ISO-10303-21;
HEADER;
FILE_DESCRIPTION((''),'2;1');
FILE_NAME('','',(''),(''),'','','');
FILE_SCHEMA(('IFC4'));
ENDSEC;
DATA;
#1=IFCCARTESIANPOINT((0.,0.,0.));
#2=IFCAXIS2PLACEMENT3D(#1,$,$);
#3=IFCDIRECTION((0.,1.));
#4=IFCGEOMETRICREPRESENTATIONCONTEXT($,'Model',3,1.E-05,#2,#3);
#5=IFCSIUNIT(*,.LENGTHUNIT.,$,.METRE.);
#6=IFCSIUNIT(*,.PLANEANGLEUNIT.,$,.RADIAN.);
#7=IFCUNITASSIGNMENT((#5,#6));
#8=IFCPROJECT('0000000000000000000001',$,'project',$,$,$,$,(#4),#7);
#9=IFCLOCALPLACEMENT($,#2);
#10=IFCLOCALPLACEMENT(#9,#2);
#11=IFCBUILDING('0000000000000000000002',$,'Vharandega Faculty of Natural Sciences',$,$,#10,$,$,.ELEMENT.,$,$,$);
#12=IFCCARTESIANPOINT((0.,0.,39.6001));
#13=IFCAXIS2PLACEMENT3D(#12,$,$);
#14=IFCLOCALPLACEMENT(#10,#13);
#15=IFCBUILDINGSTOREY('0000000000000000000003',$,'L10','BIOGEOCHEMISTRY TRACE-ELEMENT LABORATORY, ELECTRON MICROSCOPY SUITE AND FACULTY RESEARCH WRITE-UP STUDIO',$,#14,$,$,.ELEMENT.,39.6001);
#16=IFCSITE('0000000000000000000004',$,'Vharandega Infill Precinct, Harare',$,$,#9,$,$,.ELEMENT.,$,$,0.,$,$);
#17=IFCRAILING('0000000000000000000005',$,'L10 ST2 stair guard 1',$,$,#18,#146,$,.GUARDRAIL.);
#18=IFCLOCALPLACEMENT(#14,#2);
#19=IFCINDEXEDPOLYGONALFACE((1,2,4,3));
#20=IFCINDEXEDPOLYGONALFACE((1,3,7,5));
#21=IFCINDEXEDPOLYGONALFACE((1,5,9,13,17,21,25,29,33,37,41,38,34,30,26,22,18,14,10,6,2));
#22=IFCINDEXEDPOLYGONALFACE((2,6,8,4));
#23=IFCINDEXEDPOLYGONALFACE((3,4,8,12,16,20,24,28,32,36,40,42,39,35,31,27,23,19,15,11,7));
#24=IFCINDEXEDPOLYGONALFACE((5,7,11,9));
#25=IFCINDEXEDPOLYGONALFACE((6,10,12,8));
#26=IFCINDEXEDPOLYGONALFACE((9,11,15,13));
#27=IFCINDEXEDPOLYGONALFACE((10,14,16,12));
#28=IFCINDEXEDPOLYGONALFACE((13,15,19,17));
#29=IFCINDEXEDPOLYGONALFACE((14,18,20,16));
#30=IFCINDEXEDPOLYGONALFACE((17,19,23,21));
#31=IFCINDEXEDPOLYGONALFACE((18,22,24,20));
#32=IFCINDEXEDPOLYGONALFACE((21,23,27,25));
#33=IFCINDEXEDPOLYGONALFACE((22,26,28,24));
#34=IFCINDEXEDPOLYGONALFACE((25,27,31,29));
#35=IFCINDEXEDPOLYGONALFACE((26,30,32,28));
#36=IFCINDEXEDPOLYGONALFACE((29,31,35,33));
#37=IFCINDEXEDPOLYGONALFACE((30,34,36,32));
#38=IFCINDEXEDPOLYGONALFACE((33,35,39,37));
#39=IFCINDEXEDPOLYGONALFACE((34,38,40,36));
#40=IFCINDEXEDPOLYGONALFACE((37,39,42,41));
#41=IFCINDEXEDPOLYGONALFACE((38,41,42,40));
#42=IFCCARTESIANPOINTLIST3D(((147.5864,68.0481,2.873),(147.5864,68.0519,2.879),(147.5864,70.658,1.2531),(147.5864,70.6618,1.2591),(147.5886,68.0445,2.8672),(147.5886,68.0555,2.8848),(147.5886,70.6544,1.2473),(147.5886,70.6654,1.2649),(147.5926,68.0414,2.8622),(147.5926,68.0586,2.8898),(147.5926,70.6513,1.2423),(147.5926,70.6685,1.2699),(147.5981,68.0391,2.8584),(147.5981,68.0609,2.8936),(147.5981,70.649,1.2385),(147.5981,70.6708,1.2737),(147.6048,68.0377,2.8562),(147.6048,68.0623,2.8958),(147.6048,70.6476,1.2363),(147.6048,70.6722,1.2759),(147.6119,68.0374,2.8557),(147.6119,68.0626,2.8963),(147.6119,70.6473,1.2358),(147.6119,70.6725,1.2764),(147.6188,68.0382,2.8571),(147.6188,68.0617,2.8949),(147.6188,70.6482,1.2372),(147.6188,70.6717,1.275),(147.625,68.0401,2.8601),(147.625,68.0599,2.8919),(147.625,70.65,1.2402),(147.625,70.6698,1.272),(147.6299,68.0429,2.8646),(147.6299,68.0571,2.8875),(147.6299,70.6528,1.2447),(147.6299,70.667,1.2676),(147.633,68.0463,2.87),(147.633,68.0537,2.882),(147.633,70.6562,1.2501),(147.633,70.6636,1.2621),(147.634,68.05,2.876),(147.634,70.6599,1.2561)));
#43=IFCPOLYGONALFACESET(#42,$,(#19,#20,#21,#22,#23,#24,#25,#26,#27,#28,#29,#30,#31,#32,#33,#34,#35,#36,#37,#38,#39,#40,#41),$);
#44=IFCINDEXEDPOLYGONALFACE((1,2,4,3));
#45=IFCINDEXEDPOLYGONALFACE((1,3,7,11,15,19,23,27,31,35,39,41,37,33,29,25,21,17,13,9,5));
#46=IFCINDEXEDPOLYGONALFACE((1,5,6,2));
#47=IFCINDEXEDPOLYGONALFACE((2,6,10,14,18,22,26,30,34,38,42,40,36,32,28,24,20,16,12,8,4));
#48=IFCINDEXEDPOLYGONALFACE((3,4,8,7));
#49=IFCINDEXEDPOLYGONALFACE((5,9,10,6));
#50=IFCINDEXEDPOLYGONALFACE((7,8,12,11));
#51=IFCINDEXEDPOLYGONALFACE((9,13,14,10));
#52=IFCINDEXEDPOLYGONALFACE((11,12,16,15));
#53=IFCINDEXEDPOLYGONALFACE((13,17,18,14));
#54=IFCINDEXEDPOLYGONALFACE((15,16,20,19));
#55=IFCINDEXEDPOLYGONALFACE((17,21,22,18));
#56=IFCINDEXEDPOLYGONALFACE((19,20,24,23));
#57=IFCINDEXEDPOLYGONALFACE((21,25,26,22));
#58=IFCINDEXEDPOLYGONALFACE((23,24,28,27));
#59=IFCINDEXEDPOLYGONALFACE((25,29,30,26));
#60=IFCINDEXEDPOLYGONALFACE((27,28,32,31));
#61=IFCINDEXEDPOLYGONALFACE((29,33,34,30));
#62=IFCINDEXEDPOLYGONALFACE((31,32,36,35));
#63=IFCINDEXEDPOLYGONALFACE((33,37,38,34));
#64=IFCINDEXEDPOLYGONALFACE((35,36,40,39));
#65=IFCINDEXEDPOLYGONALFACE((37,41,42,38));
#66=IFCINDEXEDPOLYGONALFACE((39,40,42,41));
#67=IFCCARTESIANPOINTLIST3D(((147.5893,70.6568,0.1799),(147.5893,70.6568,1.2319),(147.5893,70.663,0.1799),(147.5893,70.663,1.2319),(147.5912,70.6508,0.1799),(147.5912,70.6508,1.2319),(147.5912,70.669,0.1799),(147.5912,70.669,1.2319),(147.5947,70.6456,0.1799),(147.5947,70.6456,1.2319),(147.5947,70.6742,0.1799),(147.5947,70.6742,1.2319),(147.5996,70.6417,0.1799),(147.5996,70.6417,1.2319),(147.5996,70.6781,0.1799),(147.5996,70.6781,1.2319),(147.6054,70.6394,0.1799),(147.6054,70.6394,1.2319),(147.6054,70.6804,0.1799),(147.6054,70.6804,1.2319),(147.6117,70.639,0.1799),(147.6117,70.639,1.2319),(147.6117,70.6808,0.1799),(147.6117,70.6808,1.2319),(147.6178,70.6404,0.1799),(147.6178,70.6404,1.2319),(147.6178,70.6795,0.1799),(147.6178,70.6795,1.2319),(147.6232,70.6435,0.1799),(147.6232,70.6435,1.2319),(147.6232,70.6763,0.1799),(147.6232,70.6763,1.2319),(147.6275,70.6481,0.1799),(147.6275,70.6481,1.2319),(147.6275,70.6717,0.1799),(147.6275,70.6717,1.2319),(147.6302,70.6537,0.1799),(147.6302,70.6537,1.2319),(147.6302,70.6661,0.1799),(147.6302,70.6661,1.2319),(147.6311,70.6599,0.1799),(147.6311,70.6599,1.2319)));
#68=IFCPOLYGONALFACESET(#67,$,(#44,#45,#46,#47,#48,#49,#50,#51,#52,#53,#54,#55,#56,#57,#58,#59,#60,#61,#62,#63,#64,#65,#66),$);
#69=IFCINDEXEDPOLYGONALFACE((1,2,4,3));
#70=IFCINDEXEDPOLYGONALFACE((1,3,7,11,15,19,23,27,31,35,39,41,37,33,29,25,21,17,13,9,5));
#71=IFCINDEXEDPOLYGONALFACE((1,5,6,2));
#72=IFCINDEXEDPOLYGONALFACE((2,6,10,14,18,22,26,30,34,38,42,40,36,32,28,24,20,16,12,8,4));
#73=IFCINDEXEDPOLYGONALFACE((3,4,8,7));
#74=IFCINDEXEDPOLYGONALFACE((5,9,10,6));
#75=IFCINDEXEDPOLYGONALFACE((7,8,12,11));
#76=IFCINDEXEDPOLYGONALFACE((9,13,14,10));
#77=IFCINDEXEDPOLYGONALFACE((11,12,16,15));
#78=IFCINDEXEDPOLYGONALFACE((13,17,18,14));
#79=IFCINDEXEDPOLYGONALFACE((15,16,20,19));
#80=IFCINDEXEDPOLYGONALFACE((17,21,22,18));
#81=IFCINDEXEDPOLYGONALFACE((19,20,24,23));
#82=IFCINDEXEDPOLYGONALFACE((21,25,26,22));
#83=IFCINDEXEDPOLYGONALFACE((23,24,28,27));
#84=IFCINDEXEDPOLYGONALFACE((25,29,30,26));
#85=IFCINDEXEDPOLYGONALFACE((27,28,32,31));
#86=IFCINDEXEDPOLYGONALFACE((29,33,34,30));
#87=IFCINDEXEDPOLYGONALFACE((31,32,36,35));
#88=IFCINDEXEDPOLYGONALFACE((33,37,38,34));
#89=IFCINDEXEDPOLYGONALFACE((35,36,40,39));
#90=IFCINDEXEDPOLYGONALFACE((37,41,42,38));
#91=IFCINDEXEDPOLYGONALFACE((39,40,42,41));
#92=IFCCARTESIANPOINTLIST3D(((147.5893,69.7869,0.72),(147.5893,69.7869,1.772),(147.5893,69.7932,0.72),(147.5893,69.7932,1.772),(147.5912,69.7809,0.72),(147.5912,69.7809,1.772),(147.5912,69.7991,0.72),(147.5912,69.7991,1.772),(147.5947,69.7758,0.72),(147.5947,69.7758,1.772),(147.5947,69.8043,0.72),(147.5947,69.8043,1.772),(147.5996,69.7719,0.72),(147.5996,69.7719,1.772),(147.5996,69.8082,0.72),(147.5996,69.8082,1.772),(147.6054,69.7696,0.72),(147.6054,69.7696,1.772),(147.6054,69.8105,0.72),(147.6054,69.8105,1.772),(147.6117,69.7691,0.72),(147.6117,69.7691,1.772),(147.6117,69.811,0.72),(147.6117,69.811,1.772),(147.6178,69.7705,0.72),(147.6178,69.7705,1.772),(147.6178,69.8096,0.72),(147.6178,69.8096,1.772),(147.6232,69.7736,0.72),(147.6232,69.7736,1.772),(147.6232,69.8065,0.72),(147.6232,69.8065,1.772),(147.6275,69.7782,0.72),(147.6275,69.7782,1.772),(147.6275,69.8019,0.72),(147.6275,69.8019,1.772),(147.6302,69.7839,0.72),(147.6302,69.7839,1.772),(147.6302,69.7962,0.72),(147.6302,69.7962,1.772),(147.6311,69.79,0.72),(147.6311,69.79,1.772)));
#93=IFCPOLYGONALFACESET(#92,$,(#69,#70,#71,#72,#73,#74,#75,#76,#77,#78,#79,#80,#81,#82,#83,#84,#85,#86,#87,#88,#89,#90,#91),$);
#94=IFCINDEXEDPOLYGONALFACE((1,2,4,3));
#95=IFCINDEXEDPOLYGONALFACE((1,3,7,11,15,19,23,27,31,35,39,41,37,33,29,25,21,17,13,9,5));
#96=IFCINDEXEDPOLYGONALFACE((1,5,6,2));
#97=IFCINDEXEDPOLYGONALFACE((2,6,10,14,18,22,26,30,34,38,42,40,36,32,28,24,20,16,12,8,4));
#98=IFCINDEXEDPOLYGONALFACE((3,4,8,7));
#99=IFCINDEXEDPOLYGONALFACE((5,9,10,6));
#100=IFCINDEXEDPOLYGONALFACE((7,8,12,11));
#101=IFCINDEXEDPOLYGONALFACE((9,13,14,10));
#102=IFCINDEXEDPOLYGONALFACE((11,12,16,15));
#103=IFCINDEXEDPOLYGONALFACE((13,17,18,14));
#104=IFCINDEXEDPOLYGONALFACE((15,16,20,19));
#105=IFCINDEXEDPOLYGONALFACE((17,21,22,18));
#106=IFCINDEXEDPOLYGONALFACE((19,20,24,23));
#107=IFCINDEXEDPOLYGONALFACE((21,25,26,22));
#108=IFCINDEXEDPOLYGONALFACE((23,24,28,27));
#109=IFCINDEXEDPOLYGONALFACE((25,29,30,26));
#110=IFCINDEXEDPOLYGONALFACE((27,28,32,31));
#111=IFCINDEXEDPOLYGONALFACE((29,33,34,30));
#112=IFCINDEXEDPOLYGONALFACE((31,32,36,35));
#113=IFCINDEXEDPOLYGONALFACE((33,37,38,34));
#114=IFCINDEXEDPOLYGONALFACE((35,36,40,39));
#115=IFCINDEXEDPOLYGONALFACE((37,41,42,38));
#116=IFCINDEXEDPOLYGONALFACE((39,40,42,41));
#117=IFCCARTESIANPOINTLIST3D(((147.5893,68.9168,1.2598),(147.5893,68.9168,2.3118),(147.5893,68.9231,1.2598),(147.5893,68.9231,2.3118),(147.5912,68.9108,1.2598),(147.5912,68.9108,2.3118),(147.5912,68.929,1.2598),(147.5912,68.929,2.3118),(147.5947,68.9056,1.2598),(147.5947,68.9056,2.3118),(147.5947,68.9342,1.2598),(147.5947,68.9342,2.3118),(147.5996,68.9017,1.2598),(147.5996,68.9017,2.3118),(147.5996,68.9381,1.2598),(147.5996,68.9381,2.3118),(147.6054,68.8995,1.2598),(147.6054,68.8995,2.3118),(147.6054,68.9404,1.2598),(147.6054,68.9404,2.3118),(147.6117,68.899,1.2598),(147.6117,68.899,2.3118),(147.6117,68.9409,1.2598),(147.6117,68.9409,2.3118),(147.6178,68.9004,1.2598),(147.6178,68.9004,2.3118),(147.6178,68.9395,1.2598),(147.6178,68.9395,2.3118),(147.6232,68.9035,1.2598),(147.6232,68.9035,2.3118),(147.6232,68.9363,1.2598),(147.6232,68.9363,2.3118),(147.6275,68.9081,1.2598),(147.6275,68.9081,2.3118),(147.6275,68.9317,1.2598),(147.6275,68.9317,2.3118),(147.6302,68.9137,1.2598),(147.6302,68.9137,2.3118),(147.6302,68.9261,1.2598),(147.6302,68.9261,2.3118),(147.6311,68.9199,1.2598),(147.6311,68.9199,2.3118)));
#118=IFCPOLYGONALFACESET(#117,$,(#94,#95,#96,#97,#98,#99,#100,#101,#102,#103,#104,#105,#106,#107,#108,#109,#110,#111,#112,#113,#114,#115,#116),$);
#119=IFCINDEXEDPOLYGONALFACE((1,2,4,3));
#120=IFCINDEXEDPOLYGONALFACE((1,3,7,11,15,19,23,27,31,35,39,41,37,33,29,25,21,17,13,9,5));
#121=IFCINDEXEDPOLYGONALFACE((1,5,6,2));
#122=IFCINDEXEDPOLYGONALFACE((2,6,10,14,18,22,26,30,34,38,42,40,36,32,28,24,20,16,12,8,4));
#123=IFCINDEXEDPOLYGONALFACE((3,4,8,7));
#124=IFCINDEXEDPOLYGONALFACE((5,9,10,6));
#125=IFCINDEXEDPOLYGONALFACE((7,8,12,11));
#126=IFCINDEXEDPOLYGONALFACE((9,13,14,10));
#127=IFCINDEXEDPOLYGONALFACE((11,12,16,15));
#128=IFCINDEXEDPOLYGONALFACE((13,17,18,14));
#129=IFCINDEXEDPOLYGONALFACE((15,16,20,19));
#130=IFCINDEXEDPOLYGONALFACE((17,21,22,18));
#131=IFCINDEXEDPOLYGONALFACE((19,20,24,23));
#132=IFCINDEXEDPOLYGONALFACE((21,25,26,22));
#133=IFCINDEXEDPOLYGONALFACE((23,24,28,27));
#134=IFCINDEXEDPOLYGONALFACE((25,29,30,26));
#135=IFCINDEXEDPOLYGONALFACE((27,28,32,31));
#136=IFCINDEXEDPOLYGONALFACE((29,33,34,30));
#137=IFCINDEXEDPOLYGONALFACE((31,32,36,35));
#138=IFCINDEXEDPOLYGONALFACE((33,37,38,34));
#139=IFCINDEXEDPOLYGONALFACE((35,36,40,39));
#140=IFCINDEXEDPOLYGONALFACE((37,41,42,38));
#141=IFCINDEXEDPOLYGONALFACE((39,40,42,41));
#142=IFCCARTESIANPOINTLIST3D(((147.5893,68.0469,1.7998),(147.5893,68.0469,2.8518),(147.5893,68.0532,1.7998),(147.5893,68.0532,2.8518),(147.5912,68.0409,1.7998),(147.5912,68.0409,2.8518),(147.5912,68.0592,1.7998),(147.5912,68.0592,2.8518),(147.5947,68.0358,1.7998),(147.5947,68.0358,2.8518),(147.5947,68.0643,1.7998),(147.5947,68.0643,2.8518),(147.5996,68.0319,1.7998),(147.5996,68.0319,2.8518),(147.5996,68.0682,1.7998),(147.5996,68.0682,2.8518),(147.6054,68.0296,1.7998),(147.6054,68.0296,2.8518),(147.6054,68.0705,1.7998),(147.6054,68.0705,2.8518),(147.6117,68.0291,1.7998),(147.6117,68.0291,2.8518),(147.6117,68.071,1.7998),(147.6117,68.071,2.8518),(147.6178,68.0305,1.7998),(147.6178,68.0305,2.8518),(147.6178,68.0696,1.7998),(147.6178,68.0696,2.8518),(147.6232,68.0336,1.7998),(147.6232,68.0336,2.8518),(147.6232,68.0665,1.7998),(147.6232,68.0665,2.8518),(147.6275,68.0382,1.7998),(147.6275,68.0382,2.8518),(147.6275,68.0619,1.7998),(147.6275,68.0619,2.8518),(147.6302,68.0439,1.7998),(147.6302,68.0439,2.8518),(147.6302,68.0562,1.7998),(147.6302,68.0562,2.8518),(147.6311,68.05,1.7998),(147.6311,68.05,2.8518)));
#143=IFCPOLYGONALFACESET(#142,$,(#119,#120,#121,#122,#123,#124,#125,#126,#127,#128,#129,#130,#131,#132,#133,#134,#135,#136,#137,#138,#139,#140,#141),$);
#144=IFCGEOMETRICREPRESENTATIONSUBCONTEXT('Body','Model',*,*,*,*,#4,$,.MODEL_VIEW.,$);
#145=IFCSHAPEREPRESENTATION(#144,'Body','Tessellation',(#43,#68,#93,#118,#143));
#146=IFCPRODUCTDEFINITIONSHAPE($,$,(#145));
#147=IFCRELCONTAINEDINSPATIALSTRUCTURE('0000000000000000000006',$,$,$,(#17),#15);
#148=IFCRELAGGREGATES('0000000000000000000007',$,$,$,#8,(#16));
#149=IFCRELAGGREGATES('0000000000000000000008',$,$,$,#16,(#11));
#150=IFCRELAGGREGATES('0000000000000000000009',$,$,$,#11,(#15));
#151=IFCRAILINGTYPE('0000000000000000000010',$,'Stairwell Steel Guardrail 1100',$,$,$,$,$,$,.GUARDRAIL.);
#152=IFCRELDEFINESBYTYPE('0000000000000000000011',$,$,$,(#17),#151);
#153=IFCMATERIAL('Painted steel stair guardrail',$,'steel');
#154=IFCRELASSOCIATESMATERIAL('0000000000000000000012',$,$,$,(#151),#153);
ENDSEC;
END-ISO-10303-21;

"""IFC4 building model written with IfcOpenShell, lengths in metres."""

from ifc_helpers import new_model, si_unit, direction, frame, origin, origin_2d, place, context, subcontext, project, spatial, circle, extrude, material, type_object, element, save


model = new_model("IFC4")

# Units and contexts
model_context = context("Model", 3, precision=1e-05, world=origin(), true_north=direction((0.0, 1.0)))
body_context = subcontext(model_context, "Body", "Model", "MODEL_VIEW")
ifc_project = project(units=[si_unit("LENGTHUNIT", "METRE"), si_unit("PLANEANGLEUNIT", "RADIAN")], contexts=[model_context])

# Site, building, storey
site_placement = place(None, origin())
site = spatial("IfcSite", under=ifc_project, at=site_placement, Name="Vharandega Infill Precinct, Harare", CompositionType="ELEMENT", RefElevation=0.0)
building_placement = place(site_placement, origin())
building = spatial("IfcBuilding", under=site, at=building_placement, Name="Vharandega Faculty of Natural Sciences", CompositionType="ELEMENT")
storey_placement = place(building_placement, frame((0.0, 0.0, 39.6001)))
storey = spatial("IfcBuildingStorey", under=building, at=storey_placement, Name="L10", Description="BIOGEOCHEMISTRY TRACE-ELEMENT LABORATORY, ELECTRON MICROSCOPY SUITE AND FACULTY RESEARCH WRITE-UP STUDIO", CompositionType="ELEMENT", Elevation=39.6001)

# Railing
ifc_material_1 = material(Name="Painted steel stair guardrail", Category="steel")
railing_type_1 = type_object("IfcRailingType", Name="Stairwell Steel Guardrail 1100", PredefinedType="GUARDRAIL", material=ifc_material_1)
railing_1_placement = place(storey_placement, frame((147.6101, 70.6599, 0.1799)))
element("IfcRailing", 1, at=railing_1_placement, inside=storey, type_object=railing_type_1, Name="L10 ST2 stair guard 1", PredefinedType="GUARDRAIL", context=body_context, shape_type="SweptSolid", body=[
    extrude(circle(Radius=0.0239, at=origin_2d()), frame((0.0, 0.0, 1.0762), z_axis=(0.0, -0.849646, 0.527353), x_axis=(1.0, 0.0, 0.0)), (0.0, 0.0, 1.0), 3.0718),
    extrude(circle(Radius=0.021, at=origin_2d()), origin(), (0.0, 0.0, 1.0), 1.052),
    extrude(circle(Radius=0.021, at=origin_2d()), frame((0.0, -0.8699, 0.54)), (0.0, 0.0, 1.0), 1.052),
    extrude(circle(Radius=0.021, at=origin_2d()), frame((0.0, -1.74, 1.0798)), (0.0, 0.0, 1.0), 1.052),
    extrude(circle(Radius=0.021, at=origin_2d()), frame((0.0, -2.6099, 1.6199)), (0.0, 0.0, 1.0), 1.052),
])

save(model, "model.ifc")
